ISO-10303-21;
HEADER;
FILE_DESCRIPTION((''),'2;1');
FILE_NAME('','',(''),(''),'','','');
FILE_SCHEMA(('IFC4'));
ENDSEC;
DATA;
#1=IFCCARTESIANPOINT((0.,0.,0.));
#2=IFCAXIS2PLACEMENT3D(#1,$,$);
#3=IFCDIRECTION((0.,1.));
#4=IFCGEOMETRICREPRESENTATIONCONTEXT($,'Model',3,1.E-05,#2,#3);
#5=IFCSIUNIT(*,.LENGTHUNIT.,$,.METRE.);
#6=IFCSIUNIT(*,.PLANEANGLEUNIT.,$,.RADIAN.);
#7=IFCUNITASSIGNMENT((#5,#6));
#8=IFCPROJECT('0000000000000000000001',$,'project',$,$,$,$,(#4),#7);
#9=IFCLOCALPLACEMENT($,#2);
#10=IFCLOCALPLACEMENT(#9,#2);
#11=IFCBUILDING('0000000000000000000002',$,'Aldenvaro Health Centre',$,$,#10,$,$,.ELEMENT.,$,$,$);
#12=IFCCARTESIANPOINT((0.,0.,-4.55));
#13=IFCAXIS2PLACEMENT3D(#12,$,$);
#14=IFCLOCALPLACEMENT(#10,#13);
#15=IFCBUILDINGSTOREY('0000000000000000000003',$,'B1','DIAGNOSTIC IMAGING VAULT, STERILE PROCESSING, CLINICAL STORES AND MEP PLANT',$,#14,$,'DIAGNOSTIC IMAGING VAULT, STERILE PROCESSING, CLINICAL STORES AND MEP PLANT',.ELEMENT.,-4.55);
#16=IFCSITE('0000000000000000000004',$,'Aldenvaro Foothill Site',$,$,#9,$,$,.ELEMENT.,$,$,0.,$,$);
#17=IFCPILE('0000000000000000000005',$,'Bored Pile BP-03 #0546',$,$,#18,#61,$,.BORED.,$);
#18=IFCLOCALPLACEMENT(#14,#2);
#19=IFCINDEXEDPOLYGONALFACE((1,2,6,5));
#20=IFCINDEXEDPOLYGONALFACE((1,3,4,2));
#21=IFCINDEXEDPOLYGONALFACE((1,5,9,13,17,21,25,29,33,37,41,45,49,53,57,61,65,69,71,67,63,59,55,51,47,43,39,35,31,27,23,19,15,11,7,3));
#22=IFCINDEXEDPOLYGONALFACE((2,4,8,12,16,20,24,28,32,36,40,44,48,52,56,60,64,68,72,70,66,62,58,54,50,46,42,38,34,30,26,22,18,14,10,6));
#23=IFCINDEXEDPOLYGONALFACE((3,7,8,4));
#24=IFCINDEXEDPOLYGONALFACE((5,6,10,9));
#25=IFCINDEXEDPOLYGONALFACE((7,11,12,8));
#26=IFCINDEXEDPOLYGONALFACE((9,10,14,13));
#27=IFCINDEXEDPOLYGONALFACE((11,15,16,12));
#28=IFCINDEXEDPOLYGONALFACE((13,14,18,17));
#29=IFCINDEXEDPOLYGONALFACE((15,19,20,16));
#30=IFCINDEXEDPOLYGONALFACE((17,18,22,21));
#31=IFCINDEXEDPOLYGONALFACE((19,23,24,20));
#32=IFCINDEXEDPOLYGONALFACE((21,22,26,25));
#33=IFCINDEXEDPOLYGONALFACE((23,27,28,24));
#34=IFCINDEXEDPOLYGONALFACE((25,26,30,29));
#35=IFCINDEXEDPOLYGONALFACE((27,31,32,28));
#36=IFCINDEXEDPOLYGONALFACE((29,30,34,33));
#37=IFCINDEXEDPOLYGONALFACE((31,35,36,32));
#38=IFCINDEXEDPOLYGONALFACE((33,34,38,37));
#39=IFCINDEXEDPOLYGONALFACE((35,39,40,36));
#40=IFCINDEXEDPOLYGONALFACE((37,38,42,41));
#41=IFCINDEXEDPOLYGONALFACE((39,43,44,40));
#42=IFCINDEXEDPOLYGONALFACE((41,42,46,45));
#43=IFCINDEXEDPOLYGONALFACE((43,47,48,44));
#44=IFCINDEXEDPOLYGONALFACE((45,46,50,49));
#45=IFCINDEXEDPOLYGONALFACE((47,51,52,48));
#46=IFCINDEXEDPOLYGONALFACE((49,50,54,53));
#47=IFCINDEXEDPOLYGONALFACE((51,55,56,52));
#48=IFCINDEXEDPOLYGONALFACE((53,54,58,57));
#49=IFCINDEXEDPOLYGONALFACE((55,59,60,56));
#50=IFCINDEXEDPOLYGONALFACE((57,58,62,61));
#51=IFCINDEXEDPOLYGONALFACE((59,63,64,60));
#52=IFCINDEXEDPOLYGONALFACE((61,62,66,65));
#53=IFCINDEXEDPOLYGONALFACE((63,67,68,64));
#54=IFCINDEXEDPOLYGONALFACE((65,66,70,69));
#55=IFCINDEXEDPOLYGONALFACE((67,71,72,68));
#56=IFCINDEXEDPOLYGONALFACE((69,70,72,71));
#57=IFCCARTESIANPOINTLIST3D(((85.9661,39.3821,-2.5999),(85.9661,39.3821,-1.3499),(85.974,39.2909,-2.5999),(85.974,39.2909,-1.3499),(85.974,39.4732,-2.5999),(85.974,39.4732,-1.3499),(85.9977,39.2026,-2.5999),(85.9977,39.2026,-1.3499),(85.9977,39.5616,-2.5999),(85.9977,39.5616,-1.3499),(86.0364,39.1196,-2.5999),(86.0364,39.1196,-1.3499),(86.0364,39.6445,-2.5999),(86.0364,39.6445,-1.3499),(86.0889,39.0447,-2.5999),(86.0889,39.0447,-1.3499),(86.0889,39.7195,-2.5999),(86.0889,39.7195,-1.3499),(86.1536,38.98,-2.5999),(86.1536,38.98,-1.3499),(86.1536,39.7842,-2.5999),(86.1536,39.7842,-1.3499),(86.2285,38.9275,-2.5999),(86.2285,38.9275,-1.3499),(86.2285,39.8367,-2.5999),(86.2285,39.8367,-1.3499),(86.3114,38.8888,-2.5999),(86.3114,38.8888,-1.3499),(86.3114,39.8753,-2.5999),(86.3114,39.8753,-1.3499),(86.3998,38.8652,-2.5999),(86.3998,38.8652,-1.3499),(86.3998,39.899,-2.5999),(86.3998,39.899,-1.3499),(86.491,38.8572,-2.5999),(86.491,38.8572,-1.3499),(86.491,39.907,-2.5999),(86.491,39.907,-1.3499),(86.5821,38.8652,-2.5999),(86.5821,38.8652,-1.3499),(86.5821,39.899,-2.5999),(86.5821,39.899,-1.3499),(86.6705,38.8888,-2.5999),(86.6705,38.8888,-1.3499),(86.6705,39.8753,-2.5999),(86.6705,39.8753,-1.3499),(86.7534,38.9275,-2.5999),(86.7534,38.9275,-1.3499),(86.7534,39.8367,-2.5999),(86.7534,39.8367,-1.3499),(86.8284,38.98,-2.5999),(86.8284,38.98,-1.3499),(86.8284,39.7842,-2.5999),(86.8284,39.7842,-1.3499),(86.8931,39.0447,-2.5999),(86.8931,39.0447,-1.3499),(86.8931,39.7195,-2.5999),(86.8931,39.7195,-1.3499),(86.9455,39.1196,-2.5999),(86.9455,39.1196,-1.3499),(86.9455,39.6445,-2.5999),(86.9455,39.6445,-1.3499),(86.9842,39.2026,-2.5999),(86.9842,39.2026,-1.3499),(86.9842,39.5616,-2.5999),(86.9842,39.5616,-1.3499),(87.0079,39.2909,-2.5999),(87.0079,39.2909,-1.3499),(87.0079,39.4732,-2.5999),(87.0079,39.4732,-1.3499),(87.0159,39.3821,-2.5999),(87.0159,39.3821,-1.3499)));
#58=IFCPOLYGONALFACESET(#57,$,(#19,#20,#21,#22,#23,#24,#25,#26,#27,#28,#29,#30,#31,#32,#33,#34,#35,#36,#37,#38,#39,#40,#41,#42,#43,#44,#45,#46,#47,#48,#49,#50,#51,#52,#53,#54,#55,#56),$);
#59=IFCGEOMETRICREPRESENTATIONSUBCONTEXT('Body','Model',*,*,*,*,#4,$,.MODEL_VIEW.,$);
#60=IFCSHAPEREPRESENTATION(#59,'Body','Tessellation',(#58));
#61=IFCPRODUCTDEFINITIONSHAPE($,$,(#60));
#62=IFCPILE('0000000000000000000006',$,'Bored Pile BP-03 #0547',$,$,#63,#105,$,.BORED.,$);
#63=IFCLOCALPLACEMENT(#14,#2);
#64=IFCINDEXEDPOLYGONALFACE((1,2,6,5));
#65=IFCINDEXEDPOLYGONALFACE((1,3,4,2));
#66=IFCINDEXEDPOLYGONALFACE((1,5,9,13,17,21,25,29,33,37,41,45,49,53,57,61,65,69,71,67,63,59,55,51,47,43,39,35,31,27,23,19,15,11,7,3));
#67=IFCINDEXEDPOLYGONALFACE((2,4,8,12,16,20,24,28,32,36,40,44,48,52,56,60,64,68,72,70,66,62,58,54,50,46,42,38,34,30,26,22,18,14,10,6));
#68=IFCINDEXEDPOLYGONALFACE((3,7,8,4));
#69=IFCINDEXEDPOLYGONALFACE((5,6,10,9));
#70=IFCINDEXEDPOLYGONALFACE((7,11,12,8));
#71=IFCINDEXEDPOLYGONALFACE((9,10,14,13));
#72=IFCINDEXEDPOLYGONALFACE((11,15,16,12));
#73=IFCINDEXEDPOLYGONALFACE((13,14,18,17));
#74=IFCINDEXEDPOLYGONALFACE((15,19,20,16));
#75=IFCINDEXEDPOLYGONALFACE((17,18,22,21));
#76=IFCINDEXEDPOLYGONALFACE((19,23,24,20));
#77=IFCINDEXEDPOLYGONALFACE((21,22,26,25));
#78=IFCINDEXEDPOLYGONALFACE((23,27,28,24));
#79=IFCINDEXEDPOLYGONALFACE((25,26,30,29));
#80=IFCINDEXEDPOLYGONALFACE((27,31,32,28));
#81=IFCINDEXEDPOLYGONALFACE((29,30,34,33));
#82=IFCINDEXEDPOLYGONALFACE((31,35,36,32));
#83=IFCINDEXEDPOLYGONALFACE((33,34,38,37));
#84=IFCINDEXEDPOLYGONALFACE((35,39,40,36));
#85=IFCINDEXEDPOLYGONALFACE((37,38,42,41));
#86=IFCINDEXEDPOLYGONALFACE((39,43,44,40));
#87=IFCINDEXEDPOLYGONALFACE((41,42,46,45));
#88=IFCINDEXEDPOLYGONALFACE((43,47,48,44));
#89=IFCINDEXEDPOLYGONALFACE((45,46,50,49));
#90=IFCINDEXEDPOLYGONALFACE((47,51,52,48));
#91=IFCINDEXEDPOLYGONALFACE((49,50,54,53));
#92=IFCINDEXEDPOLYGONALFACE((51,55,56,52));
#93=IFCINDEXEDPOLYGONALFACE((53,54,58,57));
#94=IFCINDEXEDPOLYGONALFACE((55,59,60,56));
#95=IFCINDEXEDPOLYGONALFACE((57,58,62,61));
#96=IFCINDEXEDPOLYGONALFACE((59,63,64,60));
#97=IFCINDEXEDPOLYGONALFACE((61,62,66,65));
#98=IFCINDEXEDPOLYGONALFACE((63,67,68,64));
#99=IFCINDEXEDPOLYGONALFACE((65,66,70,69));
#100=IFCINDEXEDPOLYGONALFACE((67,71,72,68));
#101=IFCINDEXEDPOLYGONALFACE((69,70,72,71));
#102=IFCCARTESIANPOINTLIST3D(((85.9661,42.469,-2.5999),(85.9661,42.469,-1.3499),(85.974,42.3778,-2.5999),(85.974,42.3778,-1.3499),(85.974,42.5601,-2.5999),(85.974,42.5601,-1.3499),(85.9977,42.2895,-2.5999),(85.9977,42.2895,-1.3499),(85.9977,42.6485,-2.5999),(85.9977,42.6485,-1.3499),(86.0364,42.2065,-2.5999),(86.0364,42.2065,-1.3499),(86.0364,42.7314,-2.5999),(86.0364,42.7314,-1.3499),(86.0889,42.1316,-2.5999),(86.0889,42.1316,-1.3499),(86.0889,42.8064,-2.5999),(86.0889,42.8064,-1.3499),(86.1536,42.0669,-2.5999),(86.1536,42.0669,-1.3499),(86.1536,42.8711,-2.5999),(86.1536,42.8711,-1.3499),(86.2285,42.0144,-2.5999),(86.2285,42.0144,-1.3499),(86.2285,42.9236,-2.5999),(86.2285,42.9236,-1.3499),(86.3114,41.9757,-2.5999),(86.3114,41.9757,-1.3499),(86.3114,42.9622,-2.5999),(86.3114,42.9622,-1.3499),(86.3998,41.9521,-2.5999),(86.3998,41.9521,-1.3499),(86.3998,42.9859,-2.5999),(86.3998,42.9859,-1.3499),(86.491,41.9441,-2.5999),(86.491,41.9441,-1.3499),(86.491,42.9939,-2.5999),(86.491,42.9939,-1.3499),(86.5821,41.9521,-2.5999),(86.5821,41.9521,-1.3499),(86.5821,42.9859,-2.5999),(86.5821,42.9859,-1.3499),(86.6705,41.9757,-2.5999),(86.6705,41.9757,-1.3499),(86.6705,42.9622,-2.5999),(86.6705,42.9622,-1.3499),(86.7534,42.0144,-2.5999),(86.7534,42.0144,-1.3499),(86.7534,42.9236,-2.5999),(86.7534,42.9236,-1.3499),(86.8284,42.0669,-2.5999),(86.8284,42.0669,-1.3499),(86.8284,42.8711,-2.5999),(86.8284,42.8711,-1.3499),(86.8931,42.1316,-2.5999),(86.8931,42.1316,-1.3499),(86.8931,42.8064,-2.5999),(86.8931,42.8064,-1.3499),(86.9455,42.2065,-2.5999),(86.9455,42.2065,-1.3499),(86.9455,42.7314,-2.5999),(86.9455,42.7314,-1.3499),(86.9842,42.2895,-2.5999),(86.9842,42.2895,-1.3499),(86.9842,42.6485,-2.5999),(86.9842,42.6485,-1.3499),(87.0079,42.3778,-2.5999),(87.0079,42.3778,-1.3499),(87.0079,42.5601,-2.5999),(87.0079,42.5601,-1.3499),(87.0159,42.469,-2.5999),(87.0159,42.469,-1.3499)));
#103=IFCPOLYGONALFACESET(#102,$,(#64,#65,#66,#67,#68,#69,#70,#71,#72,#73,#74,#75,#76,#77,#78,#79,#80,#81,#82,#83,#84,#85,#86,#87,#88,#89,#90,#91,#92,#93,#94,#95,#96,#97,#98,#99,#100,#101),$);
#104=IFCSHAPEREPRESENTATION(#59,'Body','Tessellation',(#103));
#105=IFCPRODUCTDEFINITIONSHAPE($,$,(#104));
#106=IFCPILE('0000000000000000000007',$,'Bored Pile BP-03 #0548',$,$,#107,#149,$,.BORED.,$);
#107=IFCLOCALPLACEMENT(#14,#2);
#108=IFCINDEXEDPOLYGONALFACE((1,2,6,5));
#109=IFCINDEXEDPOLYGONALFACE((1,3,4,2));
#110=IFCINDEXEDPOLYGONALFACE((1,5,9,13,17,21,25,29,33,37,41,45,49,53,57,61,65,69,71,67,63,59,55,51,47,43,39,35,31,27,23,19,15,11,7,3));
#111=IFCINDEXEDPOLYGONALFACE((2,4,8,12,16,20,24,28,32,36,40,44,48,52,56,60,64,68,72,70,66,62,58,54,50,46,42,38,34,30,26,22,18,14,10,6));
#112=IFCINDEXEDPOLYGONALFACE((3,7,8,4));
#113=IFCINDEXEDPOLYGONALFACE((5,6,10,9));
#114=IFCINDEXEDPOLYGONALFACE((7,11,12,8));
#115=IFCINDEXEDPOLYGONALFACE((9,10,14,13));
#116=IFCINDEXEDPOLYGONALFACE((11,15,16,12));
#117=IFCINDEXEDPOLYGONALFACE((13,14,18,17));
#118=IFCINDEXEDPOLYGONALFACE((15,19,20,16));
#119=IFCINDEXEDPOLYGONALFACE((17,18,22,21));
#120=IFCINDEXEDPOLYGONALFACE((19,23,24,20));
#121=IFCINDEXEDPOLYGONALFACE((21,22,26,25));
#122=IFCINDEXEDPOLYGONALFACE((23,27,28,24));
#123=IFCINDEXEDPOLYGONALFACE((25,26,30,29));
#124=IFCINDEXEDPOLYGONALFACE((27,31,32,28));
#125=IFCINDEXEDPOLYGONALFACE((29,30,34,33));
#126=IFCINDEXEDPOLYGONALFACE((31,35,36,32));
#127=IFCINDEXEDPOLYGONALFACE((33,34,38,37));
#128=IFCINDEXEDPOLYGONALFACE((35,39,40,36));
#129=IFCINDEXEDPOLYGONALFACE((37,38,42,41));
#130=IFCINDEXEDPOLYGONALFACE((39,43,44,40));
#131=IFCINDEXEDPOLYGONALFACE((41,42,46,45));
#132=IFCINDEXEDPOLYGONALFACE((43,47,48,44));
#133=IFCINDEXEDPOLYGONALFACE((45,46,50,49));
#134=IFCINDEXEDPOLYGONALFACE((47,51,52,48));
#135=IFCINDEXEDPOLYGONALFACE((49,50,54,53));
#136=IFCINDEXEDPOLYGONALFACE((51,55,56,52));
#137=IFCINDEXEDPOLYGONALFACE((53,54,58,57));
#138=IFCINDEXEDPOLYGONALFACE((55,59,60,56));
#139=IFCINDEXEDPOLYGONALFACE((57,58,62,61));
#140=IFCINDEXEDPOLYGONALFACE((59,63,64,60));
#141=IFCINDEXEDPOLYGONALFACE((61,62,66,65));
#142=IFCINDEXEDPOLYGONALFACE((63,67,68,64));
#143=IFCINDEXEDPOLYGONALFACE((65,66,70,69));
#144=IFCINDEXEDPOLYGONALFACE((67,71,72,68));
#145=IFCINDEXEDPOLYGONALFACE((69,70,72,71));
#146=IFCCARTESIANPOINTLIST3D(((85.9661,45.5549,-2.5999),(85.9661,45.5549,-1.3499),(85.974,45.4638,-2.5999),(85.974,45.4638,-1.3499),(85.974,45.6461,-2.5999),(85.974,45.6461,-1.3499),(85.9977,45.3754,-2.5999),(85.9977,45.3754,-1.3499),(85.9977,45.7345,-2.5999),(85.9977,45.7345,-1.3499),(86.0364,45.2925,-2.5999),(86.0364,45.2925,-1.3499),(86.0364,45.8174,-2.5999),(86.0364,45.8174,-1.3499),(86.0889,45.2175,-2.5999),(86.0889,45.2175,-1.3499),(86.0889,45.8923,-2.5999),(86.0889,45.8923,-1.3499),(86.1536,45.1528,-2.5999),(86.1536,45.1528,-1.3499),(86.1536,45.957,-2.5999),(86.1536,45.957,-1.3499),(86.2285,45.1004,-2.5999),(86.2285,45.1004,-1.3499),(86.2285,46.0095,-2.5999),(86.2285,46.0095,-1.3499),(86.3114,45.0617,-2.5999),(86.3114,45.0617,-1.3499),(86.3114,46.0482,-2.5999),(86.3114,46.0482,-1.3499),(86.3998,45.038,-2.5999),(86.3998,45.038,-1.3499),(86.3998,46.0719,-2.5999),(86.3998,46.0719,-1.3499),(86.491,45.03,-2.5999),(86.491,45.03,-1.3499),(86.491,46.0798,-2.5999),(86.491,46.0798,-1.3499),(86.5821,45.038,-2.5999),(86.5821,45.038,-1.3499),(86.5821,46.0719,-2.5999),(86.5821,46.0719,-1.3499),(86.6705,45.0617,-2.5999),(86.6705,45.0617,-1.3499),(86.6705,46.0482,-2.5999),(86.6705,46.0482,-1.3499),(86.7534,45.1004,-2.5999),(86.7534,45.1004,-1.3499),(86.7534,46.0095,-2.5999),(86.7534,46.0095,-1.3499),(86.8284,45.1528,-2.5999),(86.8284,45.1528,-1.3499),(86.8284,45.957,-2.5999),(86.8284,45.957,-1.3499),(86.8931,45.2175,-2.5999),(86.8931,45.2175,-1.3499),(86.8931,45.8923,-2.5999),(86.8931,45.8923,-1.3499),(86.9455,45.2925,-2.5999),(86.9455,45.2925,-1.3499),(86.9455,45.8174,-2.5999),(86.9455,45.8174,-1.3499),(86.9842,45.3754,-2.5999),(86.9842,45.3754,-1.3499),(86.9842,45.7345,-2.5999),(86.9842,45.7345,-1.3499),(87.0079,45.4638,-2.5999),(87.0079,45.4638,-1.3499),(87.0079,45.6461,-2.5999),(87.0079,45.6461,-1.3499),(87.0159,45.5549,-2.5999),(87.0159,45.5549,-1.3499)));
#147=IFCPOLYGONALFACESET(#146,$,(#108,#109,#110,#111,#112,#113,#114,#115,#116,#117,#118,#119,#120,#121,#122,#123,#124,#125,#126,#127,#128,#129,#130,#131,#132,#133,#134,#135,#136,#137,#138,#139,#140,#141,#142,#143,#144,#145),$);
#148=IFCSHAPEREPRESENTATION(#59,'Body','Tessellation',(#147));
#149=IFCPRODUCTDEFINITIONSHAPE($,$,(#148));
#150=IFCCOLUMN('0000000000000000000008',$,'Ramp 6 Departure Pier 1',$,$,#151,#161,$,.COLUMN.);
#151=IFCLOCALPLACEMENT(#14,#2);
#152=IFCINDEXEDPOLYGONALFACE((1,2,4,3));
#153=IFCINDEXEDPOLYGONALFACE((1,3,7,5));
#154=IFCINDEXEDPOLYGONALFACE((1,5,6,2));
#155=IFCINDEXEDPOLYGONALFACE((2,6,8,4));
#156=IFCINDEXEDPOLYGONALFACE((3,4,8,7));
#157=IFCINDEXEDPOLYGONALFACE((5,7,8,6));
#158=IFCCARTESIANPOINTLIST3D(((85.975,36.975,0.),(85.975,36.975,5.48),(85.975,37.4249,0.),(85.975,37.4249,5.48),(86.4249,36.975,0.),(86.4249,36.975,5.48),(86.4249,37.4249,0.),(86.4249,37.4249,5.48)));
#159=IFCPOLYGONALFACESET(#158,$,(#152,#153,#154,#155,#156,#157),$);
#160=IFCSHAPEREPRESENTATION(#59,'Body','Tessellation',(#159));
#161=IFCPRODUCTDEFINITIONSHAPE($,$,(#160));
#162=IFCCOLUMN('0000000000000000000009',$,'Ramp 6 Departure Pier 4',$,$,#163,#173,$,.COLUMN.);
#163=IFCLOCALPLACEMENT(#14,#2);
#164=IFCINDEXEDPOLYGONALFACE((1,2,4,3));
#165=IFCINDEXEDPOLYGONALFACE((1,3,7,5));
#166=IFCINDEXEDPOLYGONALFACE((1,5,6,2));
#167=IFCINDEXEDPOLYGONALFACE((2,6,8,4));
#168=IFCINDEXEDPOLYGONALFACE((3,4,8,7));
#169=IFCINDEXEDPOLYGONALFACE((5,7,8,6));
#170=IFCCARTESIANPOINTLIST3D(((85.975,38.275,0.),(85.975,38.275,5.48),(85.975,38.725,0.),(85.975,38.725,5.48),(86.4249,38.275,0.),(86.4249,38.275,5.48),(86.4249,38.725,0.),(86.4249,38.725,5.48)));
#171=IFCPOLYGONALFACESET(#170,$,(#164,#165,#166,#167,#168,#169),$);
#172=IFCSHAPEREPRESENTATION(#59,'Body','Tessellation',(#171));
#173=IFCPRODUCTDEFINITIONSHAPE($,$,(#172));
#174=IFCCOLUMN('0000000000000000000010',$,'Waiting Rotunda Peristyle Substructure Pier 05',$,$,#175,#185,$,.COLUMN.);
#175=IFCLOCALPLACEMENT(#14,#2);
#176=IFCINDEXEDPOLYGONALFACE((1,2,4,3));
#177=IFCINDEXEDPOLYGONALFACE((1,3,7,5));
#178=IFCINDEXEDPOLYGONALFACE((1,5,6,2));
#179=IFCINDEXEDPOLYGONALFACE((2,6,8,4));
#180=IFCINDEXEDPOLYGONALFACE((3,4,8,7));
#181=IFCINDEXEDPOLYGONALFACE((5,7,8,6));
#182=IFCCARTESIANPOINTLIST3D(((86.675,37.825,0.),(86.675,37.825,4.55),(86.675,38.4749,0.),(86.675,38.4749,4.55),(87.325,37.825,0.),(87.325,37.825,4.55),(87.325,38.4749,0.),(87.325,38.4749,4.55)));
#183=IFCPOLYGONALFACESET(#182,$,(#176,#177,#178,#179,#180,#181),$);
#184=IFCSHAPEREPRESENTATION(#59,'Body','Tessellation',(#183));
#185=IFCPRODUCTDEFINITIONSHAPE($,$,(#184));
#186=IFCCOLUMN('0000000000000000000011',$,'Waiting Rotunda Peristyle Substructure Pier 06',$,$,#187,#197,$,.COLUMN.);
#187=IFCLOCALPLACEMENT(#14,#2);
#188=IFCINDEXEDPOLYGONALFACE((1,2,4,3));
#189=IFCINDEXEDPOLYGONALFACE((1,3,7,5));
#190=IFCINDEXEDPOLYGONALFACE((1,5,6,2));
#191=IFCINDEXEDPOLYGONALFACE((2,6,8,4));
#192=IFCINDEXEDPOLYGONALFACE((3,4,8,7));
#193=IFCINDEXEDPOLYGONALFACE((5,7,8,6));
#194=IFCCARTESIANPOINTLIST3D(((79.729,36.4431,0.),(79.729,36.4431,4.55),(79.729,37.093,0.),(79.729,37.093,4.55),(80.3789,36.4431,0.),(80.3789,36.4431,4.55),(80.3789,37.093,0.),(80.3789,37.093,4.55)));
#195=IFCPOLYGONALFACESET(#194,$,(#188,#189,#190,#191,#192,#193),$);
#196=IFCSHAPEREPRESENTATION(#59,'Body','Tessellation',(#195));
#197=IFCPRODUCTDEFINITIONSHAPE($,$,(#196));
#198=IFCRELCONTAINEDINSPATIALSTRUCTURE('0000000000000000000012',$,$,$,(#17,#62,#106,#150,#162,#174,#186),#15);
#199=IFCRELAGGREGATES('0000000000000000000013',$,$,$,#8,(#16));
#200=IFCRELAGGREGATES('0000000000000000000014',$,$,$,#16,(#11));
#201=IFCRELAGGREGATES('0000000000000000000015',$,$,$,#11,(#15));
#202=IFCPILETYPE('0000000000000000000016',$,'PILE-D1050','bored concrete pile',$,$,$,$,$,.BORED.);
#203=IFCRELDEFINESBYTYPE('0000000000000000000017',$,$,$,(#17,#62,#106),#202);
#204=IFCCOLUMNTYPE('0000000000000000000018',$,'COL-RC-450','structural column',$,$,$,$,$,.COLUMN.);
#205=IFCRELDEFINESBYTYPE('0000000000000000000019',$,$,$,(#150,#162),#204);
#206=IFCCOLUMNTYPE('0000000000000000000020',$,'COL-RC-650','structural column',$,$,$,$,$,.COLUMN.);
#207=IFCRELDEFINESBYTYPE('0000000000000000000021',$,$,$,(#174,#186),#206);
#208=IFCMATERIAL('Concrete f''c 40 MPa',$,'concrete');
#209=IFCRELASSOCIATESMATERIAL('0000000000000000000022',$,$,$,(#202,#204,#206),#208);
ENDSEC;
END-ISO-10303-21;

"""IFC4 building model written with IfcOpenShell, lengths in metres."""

from ifc_helpers import new_model, si_unit, direction, frame, origin, origin_2d, place, context, subcontext, project, spatial, rectangle, circle, extrude, material, material_profile, profile_set, type_object, element, save


model = new_model("IFC4")

# Units and contexts
model_context = context("Model", 3, precision=1e-05, world=origin(), true_north=direction((0.0, 1.0)))
body_context = subcontext(model_context, "Body", "Model", "MODEL_VIEW")
ifc_project = project(units=[si_unit("LENGTHUNIT", "METRE"), si_unit("PLANEANGLEUNIT", "RADIAN")], contexts=[model_context])

# Site, building, storey
site_placement = place(None, origin())
site = spatial("IfcSite", under=ifc_project, at=site_placement, Name="Aldenvaro Foothill Site", CompositionType="ELEMENT", RefElevation=0.0)
building_placement = place(site_placement, origin())
building = spatial("IfcBuilding", under=site, at=building_placement, Name="Aldenvaro Health Centre", CompositionType="ELEMENT")
storey_placement = place(building_placement, frame((0.0, 0.0, -4.55)))
storey = spatial("IfcBuildingStorey", under=building, at=storey_placement, Name="B1", Description="DIAGNOSTIC IMAGING VAULT, STERILE PROCESSING, CLINICAL STORES AND MEP PLANT", LongName="DIAGNOSTIC IMAGING VAULT, STERILE PROCESSING, CLINICAL STORES AND MEP PLANT", CompositionType="ELEMENT", Elevation=-4.55)

# Piles
ifc_material_1 = material(Name="Concrete f'c 40 MPa", Category="concrete")
ifc_material_profile_1 = material_profile(ifc_material_1, circle(Radius=0.5249, at=origin_2d()), Name="PILE D1050", Category="concrete")
ifc_profile_set_1 = profile_set([ifc_material_profile_1], Name="Concrete f'c 40 MPa")
pile_type = type_object("IfcPileType", Name="PILE-D1050", Description="bored concrete pile", PredefinedType="BORED", material=ifc_profile_set_1)
for number, where, z_axis, x_axis, name in (
    (1, (86.491, 39.3821, -1.3499), (0.0, 0.0, -1.0), (1.0, 0.0, 0.0), "Bored Pile BP-03 #0546"),
    (2, (86.491, 42.469, -1.3499), (0.0, 0.0, -1.0), (1.0, 0.0, 0.0), "Bored Pile BP-03 #0547"),
    (3, (86.491, 45.5549, -1.3499), (0.0, 0.0, -1.0), (1.0, 0.0, 0.0), "Bored Pile BP-03 #0548"),
):
    element("IfcPile", number, at=place(storey_placement, frame(where, z_axis=z_axis, x_axis=x_axis)), inside=storey, type_object=pile_type, Name=name, PredefinedType="BORED", context=body_context, shape_type="SweptSolid", body=[
        extrude(circle(Radius=0.5249, at=origin_2d()), origin(), (0.0, 0.0, 1.0), 1.25),
    ])

# Columns
ifc_material_profile_2 = material_profile(ifc_material_1, rectangle(XDim=0.45, YDim=0.45, at=origin_2d()), Name="RC 450x450", Category="concrete")
ifc_profile_set_2 = profile_set([ifc_material_profile_2], Name="Concrete f'c 40 MPa")
column_type_1 = type_object("IfcColumnType", Name="COL-RC-450", Description="structural column", PredefinedType="COLUMN", material=ifc_profile_set_2)
for number, where, z_axis, x_axis, name in (
    (4, (86.2, 37.2, 0.0), (0.0, 0.0, 1.0), (1.0, 0.0, 0.0), "Ramp 6 Departure Pier 1"),
    (5, (86.2, 38.5, 0.0), (0.0, 0.0, 1.0), (1.0, 0.0, 0.0), "Ramp 6 Departure Pier 4"),
):
    element("IfcColumn", number, at=place(storey_placement, frame(where, z_axis=z_axis, x_axis=x_axis)), inside=storey, type_object=column_type_1, Name=name, PredefinedType="COLUMN", context=body_context, shape_type="SweptSolid", body=[
        extrude(rectangle(XDim=0.45, YDim=0.45, at=origin_2d()), origin(), (0.0, 0.0, 1.0), 5.48),
    ])
ifc_material_profile_3 = material_profile(ifc_material_1, rectangle(XDim=0.6499, YDim=0.6499, at=origin_2d()), Name="RC 650x650", Category="concrete")
ifc_profile_set_3 = profile_set([ifc_material_profile_3], Name="Concrete f'c 40 MPa")
column_type_2 = type_object("IfcColumnType", Name="COL-RC-650", Description="structural column", PredefinedType="COLUMN", material=ifc_profile_set_3)
for number, where, z_axis, x_axis, name in (
    (6, (87.0, 38.1499, 0.0), (0.0, 0.0, 1.0), (1.0, 0.0, 0.0), "Waiting Rotunda Peristyle Substructure Pier 05"),
    (7, (80.054, 36.7681, 0.0), (0.0, 0.0, 1.0), (1.0, 0.0, 0.0), "Waiting Rotunda Peristyle Substructure Pier 06"),
):
    element("IfcColumn", number, at=place(storey_placement, frame(where, z_axis=z_axis, x_axis=x_axis)), inside=storey, type_object=column_type_2, Name=name, PredefinedType="COLUMN", context=body_context, shape_type="SweptSolid", body=[
        extrude(rectangle(XDim=0.6499, YDim=0.6499, at=origin_2d()), origin(), (0.0, 0.0, 1.0), 4.55),
    ])

save(model, "model.ifc")
